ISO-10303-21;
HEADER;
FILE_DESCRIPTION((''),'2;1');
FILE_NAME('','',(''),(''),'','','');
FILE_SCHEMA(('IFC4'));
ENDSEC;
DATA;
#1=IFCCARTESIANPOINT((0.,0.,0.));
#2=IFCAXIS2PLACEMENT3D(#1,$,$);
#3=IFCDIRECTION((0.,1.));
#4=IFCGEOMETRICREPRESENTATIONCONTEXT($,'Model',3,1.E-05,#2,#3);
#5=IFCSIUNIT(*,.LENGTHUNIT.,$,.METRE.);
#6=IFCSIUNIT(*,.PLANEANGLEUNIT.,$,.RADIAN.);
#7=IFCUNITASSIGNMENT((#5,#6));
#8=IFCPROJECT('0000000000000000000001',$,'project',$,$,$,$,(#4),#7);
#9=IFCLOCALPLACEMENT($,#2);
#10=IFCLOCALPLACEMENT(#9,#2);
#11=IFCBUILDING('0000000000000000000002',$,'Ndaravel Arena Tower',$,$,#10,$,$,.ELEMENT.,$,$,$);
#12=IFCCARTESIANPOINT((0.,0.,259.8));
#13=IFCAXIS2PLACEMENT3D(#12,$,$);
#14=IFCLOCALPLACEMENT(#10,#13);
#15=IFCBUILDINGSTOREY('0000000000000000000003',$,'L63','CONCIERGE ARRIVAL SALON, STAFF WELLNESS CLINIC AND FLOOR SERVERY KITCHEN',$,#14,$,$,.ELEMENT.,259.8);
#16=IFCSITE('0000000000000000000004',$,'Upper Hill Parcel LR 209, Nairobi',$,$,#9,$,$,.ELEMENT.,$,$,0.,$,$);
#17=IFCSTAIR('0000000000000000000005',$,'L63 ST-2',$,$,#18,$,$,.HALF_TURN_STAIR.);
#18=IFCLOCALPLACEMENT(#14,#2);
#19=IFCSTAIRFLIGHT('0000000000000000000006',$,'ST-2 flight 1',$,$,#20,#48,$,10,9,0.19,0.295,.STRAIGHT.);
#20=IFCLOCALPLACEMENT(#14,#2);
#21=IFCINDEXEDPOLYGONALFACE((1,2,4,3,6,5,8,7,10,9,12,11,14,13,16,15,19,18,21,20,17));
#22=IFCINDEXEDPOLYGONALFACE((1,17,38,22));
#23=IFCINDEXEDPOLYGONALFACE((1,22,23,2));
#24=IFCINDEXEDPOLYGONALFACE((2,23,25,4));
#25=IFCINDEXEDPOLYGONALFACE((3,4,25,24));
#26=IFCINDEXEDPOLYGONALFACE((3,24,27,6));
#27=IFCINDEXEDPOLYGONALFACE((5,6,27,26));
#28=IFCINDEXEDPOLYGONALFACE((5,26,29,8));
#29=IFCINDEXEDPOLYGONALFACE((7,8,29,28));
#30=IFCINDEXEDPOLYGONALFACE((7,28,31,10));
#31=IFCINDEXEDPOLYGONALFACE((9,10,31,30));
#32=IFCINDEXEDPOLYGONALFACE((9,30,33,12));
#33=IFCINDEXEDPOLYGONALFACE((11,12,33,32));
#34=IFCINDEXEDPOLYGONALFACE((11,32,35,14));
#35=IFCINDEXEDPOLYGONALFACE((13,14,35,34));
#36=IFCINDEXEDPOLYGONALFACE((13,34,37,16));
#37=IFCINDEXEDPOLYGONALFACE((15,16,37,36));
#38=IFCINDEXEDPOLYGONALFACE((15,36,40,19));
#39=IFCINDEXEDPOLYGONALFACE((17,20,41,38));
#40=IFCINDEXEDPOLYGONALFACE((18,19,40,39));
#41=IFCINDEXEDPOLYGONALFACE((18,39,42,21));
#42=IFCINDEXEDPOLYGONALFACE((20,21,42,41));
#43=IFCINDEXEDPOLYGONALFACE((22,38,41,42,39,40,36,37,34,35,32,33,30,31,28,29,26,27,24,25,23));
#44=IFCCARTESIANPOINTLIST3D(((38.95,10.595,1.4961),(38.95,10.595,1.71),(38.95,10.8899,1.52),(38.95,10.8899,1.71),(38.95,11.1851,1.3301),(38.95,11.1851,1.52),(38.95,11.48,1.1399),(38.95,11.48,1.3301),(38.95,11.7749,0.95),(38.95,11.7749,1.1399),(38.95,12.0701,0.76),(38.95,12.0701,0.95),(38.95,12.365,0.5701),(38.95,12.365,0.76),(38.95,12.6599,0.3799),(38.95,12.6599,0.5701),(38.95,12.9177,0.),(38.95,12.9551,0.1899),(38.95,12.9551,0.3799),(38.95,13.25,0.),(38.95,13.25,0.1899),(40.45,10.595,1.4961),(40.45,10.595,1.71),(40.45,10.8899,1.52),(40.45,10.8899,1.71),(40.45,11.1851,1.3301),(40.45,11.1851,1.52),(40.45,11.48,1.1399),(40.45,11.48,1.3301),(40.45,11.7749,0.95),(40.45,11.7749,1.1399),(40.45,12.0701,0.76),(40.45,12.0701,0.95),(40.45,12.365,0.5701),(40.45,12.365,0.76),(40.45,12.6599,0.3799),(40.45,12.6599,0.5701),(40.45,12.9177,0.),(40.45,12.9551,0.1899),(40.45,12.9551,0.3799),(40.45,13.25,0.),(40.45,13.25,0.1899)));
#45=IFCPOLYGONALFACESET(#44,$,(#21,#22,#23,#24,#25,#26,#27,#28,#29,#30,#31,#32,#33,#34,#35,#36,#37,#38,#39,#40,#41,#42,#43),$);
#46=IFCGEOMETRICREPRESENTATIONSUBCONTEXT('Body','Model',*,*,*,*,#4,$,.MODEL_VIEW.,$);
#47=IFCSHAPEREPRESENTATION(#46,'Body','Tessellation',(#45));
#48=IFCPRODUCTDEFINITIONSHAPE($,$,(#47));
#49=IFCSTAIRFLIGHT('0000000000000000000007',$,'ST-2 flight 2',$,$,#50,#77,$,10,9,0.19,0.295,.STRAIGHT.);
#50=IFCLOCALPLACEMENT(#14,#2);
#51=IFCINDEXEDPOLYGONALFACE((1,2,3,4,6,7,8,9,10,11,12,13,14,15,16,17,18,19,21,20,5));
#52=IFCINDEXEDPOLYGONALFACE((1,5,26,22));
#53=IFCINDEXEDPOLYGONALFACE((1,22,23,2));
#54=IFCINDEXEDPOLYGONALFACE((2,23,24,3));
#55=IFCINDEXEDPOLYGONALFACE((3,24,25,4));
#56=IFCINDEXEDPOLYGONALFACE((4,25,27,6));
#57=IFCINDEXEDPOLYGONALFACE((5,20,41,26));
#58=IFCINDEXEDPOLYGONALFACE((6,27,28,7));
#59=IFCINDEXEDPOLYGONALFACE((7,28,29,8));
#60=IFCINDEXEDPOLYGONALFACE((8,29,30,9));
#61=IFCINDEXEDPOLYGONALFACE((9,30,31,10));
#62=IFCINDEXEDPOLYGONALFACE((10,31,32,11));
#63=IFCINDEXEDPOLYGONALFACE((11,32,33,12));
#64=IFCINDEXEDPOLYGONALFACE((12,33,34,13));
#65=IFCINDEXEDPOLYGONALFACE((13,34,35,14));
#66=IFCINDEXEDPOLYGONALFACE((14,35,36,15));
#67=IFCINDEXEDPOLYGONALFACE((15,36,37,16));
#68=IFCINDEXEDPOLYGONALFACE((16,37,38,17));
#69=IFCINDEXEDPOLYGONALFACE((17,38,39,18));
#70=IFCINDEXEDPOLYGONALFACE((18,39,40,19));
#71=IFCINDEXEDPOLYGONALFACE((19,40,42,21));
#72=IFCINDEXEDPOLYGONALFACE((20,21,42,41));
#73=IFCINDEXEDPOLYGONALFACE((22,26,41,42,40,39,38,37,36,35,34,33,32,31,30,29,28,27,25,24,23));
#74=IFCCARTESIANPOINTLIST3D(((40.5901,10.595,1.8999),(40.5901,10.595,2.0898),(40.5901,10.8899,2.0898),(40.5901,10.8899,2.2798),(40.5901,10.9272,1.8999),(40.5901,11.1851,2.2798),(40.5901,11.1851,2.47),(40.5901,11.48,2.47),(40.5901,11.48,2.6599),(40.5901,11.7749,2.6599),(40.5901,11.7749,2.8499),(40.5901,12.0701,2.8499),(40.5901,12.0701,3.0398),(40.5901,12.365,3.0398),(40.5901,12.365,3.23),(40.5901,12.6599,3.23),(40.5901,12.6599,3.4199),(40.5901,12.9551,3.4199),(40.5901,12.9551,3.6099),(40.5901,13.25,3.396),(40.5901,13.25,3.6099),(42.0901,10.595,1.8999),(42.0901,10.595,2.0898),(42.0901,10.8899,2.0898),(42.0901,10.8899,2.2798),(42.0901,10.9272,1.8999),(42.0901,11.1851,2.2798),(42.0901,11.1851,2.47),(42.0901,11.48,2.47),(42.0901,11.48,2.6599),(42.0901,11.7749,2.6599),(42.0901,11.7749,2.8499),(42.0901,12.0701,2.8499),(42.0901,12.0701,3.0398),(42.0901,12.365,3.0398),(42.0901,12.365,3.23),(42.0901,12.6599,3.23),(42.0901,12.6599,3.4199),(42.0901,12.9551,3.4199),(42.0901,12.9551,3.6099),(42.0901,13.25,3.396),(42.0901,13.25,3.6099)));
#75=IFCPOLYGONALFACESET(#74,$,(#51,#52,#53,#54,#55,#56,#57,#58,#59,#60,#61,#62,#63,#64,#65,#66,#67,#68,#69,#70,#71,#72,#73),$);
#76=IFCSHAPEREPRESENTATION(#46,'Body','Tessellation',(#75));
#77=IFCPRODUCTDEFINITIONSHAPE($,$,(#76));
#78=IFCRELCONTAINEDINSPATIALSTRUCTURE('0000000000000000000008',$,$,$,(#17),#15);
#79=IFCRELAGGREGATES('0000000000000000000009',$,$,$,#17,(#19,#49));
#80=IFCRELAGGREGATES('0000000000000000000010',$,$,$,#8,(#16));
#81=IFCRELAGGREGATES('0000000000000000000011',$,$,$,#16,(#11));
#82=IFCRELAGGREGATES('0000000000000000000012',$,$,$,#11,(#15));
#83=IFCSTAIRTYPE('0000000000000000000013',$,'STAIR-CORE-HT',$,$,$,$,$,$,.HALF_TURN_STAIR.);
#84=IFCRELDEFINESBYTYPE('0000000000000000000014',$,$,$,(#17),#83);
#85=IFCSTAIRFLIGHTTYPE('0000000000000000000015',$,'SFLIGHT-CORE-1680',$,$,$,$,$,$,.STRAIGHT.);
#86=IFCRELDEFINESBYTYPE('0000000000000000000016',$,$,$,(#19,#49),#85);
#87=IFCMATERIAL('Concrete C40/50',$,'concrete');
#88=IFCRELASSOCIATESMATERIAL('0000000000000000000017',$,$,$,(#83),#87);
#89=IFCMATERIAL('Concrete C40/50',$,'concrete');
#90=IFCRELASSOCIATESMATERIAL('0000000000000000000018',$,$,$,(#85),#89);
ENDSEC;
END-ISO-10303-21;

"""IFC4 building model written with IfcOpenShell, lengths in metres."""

from ifc_helpers import new_model, si_unit, direction, frame, origin, place, context, subcontext, project, spatial, polyline, outline, extrude, material, type_object, element, aggregate, save


model = new_model("IFC4")

# Units and contexts
model_context = context("Model", 3, precision=1e-05, world=origin(), true_north=direction((0.0, 1.0)))
body_context = subcontext(model_context, "Body", "Model", "MODEL_VIEW")
ifc_project = project(units=[si_unit("LENGTHUNIT", "METRE"), si_unit("PLANEANGLEUNIT", "RADIAN")], contexts=[model_context])

# Site, building, storey
site_placement = place(None, origin())
site = spatial("IfcSite", under=ifc_project, at=site_placement, Name="Upper Hill Parcel LR 209, Nairobi", CompositionType="ELEMENT", RefElevation=0.0)
building_placement = place(site_placement, origin())
building = spatial("IfcBuilding", under=site, at=building_placement, Name="Ndaravel Arena Tower", CompositionType="ELEMENT")
storey_placement = place(building_placement, frame((0.0, 0.0, 259.8)))
storey = spatial("IfcBuildingStorey", under=building, at=storey_placement, Name="L63", Description="CONCIERGE ARRIVAL SALON, STAFF WELLNESS CLINIC AND FLOOR SERVERY KITCHEN", CompositionType="ELEMENT", Elevation=259.8)

# Stair, stair flights
ifc_material_1 = material(Name="Concrete C40/50", Category="concrete")
stair_type = type_object("IfcStairType", Name="STAIR-CORE-HT", PredefinedType="HALF_TURN_STAIR", material=ifc_material_1)
ifc_material_2 = material(Name="Concrete C40/50", Category="concrete")
stair_flight_type = type_object("IfcStairFlightType", Name="SFLIGHT-CORE-1680", PredefinedType="STRAIGHT", material=ifc_material_2)
stair_1_placement = place(storey_placement, origin())
stair_1 = element("IfcStair", 1, at=stair_1_placement, inside=storey, type_object=stair_type, Name="L63 ST-2", PredefinedType="HALF_TURN_STAIR")
stair_flight_1_placement = place(storey_placement, frame((39.7, 13.25, 0.0), z_axis=(0.0, 0.0, 1.0), x_axis=(0.0, -1.0, 0.0)))
stair_flight_1 = element("IfcStairFlight", 2, at=stair_flight_1_placement, type_object=stair_flight_type, Name="ST-2 flight 1", NumberOfRisers=10, NumberOfTreads=9, PredefinedType="STRAIGHT", RiserHeight=0.19, TreadLength=0.295, context=body_context, shape_type="SweptSolid", body=[
    extrude(outline(polyline([(0.0, 0.0), (0.0, 0.1899), (0.2949, 0.1899), (0.2949, 0.3799), (0.5901, 0.3799), (0.5901, 0.5701), (0.885, 0.5701), (0.885, 0.76), (1.1799, 0.76), (1.1799, 0.95), (1.4751, 0.95), (1.4751, 1.1399), (1.77, 1.1399), (1.77, 1.3301), (2.0649, 1.3301), (2.0649, 1.52), (2.3601, 1.52), (2.3601, 1.71), (2.655, 1.71), (2.655, 1.8999), (2.655, 1.4961), (0.3323, 0.0), (0.0, 0.0)])), frame((0.0, 0.75, 0.0), z_axis=(0.0, -1.0, 0.0), x_axis=(1.0, 0.0, 0.0)), (0.0, 0.0, 1.0), 1.5),
])
stair_flight_2_placement = place(storey_placement, frame((41.3401, 10.595, 1.8999), z_axis=(0.0, 0.0, 1.0), x_axis=(0.0, 1.0, 0.0)))
stair_flight_2 = element("IfcStairFlight", 3, at=stair_flight_2_placement, type_object=stair_flight_type, Name="ST-2 flight 2", NumberOfRisers=10, NumberOfTreads=9, PredefinedType="STRAIGHT", RiserHeight=0.19, TreadLength=0.295, context=body_context, shape_type="SweptSolid", body=[
    extrude(outline(polyline([(0.0, 0.0), (0.0, 0.1899), (0.2949, 0.1899), (0.2949, 0.3799), (0.5901, 0.3799), (0.5901, 0.5701), (0.885, 0.5701), (0.885, 0.76), (1.1799, 0.76), (1.1799, 0.95), (1.4751, 0.95), (1.4751, 1.1399), (1.77, 1.1399), (1.77, 1.3301), (2.0649, 1.3301), (2.0649, 1.52), (2.3601, 1.52), (2.3601, 1.71), (2.655, 1.71), (2.655, 1.8999), (2.655, 1.4961), (0.3323, 0.0), (0.0, 0.0)])), frame((0.0, 0.75, 0.0), z_axis=(0.0, -1.0, 0.0), x_axis=(1.0, 0.0, 0.0)), (0.0, 0.0, 1.0), 1.5),
])
aggregate(stair_1, [stair_flight_1, stair_flight_2])

save(model, "model.ifc")
